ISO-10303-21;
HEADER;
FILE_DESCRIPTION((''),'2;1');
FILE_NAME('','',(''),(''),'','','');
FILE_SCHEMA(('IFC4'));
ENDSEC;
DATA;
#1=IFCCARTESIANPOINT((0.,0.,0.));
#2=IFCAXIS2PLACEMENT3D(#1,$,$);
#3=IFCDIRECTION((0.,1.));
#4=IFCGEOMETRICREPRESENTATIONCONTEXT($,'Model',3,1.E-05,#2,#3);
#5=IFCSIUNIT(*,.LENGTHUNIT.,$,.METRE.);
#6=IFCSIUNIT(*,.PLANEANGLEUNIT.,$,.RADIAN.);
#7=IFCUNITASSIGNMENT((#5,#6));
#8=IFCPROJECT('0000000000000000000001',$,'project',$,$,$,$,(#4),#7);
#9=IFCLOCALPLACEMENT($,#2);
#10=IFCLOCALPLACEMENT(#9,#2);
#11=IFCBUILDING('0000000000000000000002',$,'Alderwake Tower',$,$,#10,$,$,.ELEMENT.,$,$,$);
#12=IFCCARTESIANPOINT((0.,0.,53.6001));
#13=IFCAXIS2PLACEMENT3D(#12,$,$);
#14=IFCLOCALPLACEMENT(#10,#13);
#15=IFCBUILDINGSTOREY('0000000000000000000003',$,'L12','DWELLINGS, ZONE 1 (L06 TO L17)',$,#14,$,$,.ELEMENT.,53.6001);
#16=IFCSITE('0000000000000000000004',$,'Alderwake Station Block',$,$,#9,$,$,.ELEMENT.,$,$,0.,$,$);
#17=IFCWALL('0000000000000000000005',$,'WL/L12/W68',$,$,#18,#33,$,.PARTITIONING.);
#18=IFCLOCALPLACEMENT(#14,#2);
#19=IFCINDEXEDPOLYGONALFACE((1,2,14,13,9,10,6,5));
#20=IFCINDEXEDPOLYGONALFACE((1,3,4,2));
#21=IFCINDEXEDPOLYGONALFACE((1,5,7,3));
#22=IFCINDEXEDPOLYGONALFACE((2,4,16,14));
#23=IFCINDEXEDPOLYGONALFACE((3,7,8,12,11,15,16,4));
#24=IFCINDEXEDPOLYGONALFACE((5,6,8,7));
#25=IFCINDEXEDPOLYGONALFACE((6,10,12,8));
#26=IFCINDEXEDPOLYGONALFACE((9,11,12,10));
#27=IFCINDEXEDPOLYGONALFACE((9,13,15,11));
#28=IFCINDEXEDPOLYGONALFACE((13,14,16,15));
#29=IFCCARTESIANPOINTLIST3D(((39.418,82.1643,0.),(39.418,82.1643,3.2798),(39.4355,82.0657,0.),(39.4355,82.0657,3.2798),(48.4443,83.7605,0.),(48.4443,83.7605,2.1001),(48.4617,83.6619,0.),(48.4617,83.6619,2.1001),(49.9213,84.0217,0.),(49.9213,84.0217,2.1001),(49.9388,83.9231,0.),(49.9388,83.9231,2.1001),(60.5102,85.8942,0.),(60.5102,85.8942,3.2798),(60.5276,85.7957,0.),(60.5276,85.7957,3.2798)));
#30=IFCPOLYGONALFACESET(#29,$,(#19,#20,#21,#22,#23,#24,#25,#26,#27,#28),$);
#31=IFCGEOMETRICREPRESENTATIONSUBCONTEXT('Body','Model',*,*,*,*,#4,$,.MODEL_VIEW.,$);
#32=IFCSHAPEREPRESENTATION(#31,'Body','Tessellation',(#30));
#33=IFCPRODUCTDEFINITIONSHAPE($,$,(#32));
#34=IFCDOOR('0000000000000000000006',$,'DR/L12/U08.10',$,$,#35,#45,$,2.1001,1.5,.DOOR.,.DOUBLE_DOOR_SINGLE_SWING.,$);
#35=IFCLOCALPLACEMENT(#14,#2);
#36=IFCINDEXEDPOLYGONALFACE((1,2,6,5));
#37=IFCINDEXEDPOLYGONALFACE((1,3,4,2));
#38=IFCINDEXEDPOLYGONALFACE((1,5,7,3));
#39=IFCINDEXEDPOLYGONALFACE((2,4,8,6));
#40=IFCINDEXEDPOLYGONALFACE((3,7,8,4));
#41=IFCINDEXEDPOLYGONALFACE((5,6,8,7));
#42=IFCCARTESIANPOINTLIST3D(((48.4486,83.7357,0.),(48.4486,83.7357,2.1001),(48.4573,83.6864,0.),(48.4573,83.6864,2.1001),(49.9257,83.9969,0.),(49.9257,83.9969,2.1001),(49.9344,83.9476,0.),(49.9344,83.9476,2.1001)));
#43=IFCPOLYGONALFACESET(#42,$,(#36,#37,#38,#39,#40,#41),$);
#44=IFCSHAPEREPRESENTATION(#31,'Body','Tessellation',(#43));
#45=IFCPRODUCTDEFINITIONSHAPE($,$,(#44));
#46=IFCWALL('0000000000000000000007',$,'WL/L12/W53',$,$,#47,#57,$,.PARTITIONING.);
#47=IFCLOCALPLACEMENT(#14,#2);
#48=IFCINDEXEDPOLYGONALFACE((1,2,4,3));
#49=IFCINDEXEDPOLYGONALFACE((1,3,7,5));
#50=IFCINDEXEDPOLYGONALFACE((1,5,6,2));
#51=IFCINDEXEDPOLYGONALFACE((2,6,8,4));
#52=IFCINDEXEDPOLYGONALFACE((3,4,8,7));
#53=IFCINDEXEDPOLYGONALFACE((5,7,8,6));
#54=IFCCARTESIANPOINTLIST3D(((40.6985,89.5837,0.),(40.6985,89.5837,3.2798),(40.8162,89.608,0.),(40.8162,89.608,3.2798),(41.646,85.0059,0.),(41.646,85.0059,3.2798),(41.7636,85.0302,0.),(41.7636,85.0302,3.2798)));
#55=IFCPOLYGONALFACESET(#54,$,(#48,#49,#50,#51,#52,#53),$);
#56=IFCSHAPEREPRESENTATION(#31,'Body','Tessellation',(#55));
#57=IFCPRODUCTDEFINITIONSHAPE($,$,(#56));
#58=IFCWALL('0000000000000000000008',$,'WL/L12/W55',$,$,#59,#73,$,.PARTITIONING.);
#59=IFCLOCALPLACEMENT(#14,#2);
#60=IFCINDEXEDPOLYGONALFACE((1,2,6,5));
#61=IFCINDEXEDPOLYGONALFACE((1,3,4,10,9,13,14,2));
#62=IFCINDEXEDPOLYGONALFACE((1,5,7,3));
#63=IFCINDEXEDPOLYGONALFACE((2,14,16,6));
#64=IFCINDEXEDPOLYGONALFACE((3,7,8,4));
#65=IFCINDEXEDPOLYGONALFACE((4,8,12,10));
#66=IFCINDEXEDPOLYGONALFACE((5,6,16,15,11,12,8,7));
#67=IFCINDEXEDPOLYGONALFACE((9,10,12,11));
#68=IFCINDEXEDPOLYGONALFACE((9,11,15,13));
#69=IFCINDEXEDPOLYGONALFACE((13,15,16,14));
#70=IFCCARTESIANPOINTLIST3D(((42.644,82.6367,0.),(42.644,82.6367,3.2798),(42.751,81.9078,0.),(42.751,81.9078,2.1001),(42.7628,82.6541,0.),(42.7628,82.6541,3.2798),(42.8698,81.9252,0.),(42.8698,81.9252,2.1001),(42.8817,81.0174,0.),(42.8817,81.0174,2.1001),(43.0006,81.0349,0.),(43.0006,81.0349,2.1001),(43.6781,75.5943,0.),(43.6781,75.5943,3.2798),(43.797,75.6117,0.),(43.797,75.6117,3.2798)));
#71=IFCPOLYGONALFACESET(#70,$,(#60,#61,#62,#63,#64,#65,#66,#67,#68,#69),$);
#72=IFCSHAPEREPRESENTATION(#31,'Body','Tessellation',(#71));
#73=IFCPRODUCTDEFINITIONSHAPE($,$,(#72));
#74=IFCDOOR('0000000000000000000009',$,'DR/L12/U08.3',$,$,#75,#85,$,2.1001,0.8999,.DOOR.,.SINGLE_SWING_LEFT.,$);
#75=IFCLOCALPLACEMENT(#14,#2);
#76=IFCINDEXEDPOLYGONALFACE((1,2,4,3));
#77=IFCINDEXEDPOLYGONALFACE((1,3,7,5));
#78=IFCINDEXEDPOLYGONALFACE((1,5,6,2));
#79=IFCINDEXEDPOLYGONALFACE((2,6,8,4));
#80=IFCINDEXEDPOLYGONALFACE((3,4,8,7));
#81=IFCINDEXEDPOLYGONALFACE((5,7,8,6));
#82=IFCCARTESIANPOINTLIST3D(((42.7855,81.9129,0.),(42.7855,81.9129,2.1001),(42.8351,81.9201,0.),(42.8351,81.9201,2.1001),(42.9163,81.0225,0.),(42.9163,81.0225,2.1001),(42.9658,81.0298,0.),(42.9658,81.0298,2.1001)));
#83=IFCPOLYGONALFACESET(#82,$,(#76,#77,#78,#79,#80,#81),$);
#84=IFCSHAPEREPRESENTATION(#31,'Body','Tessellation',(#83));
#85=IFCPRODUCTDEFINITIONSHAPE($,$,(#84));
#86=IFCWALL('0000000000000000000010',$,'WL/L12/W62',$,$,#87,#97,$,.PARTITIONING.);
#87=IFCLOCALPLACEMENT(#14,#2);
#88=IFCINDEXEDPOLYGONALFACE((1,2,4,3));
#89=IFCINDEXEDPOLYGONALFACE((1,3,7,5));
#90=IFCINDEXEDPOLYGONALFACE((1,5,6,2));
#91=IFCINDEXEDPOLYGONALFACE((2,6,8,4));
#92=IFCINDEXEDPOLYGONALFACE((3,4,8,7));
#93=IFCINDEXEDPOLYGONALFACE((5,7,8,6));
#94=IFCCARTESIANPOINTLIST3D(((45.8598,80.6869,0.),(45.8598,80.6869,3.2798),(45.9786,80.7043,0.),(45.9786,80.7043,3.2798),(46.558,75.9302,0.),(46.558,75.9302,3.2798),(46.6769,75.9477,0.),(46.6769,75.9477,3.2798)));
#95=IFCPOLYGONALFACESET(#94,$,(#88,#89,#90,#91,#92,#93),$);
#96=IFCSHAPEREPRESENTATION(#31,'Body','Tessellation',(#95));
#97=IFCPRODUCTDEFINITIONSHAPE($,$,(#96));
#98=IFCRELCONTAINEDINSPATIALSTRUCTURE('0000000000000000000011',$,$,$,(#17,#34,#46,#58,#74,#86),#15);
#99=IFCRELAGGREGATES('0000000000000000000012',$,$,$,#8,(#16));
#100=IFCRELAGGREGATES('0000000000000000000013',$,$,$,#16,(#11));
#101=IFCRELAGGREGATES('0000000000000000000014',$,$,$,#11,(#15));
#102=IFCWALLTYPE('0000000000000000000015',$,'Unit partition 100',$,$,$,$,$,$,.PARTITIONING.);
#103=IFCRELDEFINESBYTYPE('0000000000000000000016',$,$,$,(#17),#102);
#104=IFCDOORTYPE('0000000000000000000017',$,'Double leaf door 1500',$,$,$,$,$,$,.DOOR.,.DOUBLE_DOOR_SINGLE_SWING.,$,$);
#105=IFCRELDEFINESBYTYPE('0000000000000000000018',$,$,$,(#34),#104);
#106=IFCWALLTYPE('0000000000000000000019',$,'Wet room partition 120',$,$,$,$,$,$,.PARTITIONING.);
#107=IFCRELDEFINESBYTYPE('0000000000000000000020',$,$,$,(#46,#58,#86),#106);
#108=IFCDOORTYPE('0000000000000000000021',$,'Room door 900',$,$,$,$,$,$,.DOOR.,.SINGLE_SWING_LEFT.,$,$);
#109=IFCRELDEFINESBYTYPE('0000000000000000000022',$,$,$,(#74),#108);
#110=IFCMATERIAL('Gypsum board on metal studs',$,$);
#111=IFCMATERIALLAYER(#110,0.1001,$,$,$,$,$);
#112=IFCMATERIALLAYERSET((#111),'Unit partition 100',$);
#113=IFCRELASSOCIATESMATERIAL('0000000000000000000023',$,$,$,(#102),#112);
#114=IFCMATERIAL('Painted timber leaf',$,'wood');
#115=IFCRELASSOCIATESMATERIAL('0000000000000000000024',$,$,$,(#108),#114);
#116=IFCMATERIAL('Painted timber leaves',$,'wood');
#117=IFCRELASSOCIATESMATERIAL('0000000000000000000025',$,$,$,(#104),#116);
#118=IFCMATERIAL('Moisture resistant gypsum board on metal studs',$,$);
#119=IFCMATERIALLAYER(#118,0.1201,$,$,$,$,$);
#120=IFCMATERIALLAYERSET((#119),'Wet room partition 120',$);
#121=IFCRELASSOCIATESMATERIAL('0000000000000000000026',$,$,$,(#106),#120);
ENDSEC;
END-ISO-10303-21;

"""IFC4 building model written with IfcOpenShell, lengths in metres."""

from ifc_helpers import new_model, si_unit, direction, frame, frame_2d, origin, place, context, subcontext, project, spatial, rectangle, extrude, material, layer, layer_set, type_object, element, fill, save


model = new_model("IFC4")

# Units and contexts
model_context = context("Model", 3, precision=1e-05, world=origin(), true_north=direction((0.0, 1.0)))
body_context = subcontext(model_context, "Body", "Model", "MODEL_VIEW")
ifc_project = project(units=[si_unit("LENGTHUNIT", "METRE"), si_unit("PLANEANGLEUNIT", "RADIAN")], contexts=[model_context])

# Site, building, storey
site_placement = place(None, origin())
site = spatial("IfcSite", under=ifc_project, at=site_placement, Name="Alderwake Station Block", CompositionType="ELEMENT", RefElevation=0.0)
building_placement = place(site_placement, origin())
building = spatial("IfcBuilding", under=site, at=building_placement, Name="Alderwake Tower", CompositionType="ELEMENT")
storey_placement = place(building_placement, frame((0.0, 0.0, 53.6001)))
storey = spatial("IfcBuildingStorey", under=building, at=storey_placement, Name="L12", Description="DWELLINGS, ZONE 1 (L06 TO L17)", CompositionType="ELEMENT", Elevation=53.6001)

# Shared definitions
ifc_material_1 = material(Name="Gypsum board on metal studs")
ifc_layer_1 = layer(ifc_material_1, 0.1001)
ifc_layer_set_1 = layer_set([ifc_layer_1], Name="Unit partition 100")
wall_type_1 = type_object("IfcWallType", Name="Unit partition 100", PredefinedType="PARTITIONING", material=ifc_layer_set_1)
ifc_material_2 = material(Name="Painted timber leaf", Category="wood")
door_type_1 = type_object("IfcDoorType", Name="Room door 900", OperationType="SINGLE_SWING_LEFT", PredefinedType="DOOR", material=ifc_material_2)

# Wall, opening, door
wall_1_placement = place(storey_placement, frame((39.4268, 82.115, 0.0), z_axis=(0.0, 0.0, 1.0), x_axis=(0.984721, 0.174139, 0.0)))
wall_1 = element("IfcWall", 1, at=wall_1_placement, inside=storey, type_object=wall_type_1, Name="WL/L12/W68", PredefinedType="PARTITIONING", context=body_context, shape_type="SweptSolid", body=[
    extrude(rectangle(XDim=21.4194, YDim=0.1001, at=frame_2d((10.7097, 0.0))), origin(), (0.0, 0.0, 1.0), 3.2798),
])
opening_1_placement = place(wall_1_placement, frame((9.1663, 0.0, 0.0)))
opening_1 = element("IfcOpeningElement", 2, at=opening_1_placement, cuts=wall_1, PredefinedType="OPENING", context=body_context, shape_type="SweptSolid", body=[
    extrude(rectangle(XDim=1.5, YDim=2.1001, at=frame_2d((0.75, 1.05))), frame((0.0, 0.0601, 0.0), z_axis=(0.0, -1.0, 0.0), x_axis=(1.0, 0.0, 0.0)), (0.0, 0.0, 1.0), 0.1201),
])
ifc_material_3 = material(Name="Painted timber leaves", Category="wood")
door_type_2 = type_object("IfcDoorType", Name="Double leaf door 1500", OperationType="DOUBLE_DOOR_SINGLE_SWING", PredefinedType="DOOR", material=ifc_material_3)
door_1_placement = place(opening_1_placement, origin())
door_1 = element("IfcDoor", 3, at=door_1_placement, inside=storey, type_object=door_type_2, Name="DR/L12/U08.10", OperationType="DOUBLE_DOOR_SINGLE_SWING", OverallHeight=2.1001, OverallWidth=1.5, PredefinedType="DOOR", context=body_context, shape_type="SweptSolid", body=[
    extrude(rectangle(XDim=1.5, YDim=2.1001, at=frame_2d((0.75, 1.05))), frame((0.0, 0.0249, 0.0), z_axis=(0.0, -1.0, 0.0), x_axis=(1.0, 0.0, 0.0)), (0.0, 0.0, 1.0), 0.05),
])
fill(opening_1, door_1)

# Wall
ifc_material_4 = material(Name="Moisture resistant gypsum board on metal studs")
ifc_layer_2 = layer(ifc_material_4, 0.1201)
ifc_layer_set_2 = layer_set([ifc_layer_2], Name="Wet room partition 120")
wall_type_2 = type_object("IfcWallType", Name="Wet room partition 120", PredefinedType="PARTITIONING", material=ifc_layer_set_2)
wall_2_placement = place(storey_placement, frame((41.7048, 85.0181, 0.0), z_axis=(0.0, 0.0, 1.0), x_axis=(-0.20268, 0.979245, 0.0)))
element("IfcWall", 4, at=wall_2_placement, inside=storey, type_object=wall_type_2, Name="WL/L12/W53", PredefinedType="PARTITIONING", context=body_context, shape_type="SweptSolid", body=[
    extrude(rectangle(XDim=4.6748, YDim=0.1201, at=frame_2d((2.3374, 0.0))), origin(), (0.0, 0.0, 1.0), 3.2798),
])

# Wall, opening, door
wall_3_placement = place(storey_placement, frame((42.7034, 82.6455, 0.0), z_axis=(0.0, 0.0, 1.0), x_axis=(0.145291, -0.989389, 0.0)))
wall_3 = element("IfcWall", 5, at=wall_3_placement, inside=storey, type_object=wall_type_2, Name="WL/L12/W55", PredefinedType="PARTITIONING", context=body_context, shape_type="SweptSolid", body=[
    extrude(rectangle(XDim=7.1179, YDim=0.1201, at=frame_2d((3.5591, 0.0))), origin(), (0.0, 0.0, 1.0), 3.2798),
])
opening_2_placement = place(wall_3_placement, frame((0.7368, 0.0, 0.0)))
opening_2 = element("IfcOpeningElement", 6, at=opening_2_placement, cuts=wall_3, PredefinedType="OPENING", context=body_context, shape_type="SweptSolid", body=[
    extrude(rectangle(XDim=0.8999, YDim=2.1001, at=frame_2d((0.45, 1.05))), frame((0.0, 0.0701, 0.0), z_axis=(0.0, -1.0, 0.0), x_axis=(1.0, 0.0, 0.0)), (0.0, 0.0, 1.0), 0.1401),
])
door_2_placement = place(opening_2_placement, origin())
door_2 = element("IfcDoor", 7, at=door_2_placement, inside=storey, type_object=door_type_1, Name="DR/L12/U08.3", OperationType="SINGLE_SWING_LEFT", OverallHeight=2.1001, OverallWidth=0.8999, PredefinedType="DOOR", context=body_context, shape_type="SweptSolid", body=[
    extrude(rectangle(XDim=0.8999, YDim=2.1001, at=frame_2d((0.45, 1.05))), frame((0.0, 0.0249, 0.0), z_axis=(0.0, -1.0, 0.0), x_axis=(1.0, 0.0, 0.0)), (0.0, 0.0, 1.0), 0.05),
])
fill(opening_2, door_2)

# Wall
wall_4_placement = place(storey_placement, frame((46.6174, 75.939, 0.0), z_axis=(0.0, 0.0, 1.0), x_axis=(-0.145238, 0.989397, 0.0)))
element("IfcWall", 8, at=wall_4_placement, inside=storey, type_object=wall_type_2, Name="WL/L12/W62", PredefinedType="PARTITIONING", context=body_context, shape_type="SweptSolid", body=[
    extrude(rectangle(XDim=4.8076, YDim=0.1201, at=frame_2d((2.4038, 0.0))), origin(), (0.0, 0.0, 1.0), 3.2798),
])

save(model, "model.ifc")
